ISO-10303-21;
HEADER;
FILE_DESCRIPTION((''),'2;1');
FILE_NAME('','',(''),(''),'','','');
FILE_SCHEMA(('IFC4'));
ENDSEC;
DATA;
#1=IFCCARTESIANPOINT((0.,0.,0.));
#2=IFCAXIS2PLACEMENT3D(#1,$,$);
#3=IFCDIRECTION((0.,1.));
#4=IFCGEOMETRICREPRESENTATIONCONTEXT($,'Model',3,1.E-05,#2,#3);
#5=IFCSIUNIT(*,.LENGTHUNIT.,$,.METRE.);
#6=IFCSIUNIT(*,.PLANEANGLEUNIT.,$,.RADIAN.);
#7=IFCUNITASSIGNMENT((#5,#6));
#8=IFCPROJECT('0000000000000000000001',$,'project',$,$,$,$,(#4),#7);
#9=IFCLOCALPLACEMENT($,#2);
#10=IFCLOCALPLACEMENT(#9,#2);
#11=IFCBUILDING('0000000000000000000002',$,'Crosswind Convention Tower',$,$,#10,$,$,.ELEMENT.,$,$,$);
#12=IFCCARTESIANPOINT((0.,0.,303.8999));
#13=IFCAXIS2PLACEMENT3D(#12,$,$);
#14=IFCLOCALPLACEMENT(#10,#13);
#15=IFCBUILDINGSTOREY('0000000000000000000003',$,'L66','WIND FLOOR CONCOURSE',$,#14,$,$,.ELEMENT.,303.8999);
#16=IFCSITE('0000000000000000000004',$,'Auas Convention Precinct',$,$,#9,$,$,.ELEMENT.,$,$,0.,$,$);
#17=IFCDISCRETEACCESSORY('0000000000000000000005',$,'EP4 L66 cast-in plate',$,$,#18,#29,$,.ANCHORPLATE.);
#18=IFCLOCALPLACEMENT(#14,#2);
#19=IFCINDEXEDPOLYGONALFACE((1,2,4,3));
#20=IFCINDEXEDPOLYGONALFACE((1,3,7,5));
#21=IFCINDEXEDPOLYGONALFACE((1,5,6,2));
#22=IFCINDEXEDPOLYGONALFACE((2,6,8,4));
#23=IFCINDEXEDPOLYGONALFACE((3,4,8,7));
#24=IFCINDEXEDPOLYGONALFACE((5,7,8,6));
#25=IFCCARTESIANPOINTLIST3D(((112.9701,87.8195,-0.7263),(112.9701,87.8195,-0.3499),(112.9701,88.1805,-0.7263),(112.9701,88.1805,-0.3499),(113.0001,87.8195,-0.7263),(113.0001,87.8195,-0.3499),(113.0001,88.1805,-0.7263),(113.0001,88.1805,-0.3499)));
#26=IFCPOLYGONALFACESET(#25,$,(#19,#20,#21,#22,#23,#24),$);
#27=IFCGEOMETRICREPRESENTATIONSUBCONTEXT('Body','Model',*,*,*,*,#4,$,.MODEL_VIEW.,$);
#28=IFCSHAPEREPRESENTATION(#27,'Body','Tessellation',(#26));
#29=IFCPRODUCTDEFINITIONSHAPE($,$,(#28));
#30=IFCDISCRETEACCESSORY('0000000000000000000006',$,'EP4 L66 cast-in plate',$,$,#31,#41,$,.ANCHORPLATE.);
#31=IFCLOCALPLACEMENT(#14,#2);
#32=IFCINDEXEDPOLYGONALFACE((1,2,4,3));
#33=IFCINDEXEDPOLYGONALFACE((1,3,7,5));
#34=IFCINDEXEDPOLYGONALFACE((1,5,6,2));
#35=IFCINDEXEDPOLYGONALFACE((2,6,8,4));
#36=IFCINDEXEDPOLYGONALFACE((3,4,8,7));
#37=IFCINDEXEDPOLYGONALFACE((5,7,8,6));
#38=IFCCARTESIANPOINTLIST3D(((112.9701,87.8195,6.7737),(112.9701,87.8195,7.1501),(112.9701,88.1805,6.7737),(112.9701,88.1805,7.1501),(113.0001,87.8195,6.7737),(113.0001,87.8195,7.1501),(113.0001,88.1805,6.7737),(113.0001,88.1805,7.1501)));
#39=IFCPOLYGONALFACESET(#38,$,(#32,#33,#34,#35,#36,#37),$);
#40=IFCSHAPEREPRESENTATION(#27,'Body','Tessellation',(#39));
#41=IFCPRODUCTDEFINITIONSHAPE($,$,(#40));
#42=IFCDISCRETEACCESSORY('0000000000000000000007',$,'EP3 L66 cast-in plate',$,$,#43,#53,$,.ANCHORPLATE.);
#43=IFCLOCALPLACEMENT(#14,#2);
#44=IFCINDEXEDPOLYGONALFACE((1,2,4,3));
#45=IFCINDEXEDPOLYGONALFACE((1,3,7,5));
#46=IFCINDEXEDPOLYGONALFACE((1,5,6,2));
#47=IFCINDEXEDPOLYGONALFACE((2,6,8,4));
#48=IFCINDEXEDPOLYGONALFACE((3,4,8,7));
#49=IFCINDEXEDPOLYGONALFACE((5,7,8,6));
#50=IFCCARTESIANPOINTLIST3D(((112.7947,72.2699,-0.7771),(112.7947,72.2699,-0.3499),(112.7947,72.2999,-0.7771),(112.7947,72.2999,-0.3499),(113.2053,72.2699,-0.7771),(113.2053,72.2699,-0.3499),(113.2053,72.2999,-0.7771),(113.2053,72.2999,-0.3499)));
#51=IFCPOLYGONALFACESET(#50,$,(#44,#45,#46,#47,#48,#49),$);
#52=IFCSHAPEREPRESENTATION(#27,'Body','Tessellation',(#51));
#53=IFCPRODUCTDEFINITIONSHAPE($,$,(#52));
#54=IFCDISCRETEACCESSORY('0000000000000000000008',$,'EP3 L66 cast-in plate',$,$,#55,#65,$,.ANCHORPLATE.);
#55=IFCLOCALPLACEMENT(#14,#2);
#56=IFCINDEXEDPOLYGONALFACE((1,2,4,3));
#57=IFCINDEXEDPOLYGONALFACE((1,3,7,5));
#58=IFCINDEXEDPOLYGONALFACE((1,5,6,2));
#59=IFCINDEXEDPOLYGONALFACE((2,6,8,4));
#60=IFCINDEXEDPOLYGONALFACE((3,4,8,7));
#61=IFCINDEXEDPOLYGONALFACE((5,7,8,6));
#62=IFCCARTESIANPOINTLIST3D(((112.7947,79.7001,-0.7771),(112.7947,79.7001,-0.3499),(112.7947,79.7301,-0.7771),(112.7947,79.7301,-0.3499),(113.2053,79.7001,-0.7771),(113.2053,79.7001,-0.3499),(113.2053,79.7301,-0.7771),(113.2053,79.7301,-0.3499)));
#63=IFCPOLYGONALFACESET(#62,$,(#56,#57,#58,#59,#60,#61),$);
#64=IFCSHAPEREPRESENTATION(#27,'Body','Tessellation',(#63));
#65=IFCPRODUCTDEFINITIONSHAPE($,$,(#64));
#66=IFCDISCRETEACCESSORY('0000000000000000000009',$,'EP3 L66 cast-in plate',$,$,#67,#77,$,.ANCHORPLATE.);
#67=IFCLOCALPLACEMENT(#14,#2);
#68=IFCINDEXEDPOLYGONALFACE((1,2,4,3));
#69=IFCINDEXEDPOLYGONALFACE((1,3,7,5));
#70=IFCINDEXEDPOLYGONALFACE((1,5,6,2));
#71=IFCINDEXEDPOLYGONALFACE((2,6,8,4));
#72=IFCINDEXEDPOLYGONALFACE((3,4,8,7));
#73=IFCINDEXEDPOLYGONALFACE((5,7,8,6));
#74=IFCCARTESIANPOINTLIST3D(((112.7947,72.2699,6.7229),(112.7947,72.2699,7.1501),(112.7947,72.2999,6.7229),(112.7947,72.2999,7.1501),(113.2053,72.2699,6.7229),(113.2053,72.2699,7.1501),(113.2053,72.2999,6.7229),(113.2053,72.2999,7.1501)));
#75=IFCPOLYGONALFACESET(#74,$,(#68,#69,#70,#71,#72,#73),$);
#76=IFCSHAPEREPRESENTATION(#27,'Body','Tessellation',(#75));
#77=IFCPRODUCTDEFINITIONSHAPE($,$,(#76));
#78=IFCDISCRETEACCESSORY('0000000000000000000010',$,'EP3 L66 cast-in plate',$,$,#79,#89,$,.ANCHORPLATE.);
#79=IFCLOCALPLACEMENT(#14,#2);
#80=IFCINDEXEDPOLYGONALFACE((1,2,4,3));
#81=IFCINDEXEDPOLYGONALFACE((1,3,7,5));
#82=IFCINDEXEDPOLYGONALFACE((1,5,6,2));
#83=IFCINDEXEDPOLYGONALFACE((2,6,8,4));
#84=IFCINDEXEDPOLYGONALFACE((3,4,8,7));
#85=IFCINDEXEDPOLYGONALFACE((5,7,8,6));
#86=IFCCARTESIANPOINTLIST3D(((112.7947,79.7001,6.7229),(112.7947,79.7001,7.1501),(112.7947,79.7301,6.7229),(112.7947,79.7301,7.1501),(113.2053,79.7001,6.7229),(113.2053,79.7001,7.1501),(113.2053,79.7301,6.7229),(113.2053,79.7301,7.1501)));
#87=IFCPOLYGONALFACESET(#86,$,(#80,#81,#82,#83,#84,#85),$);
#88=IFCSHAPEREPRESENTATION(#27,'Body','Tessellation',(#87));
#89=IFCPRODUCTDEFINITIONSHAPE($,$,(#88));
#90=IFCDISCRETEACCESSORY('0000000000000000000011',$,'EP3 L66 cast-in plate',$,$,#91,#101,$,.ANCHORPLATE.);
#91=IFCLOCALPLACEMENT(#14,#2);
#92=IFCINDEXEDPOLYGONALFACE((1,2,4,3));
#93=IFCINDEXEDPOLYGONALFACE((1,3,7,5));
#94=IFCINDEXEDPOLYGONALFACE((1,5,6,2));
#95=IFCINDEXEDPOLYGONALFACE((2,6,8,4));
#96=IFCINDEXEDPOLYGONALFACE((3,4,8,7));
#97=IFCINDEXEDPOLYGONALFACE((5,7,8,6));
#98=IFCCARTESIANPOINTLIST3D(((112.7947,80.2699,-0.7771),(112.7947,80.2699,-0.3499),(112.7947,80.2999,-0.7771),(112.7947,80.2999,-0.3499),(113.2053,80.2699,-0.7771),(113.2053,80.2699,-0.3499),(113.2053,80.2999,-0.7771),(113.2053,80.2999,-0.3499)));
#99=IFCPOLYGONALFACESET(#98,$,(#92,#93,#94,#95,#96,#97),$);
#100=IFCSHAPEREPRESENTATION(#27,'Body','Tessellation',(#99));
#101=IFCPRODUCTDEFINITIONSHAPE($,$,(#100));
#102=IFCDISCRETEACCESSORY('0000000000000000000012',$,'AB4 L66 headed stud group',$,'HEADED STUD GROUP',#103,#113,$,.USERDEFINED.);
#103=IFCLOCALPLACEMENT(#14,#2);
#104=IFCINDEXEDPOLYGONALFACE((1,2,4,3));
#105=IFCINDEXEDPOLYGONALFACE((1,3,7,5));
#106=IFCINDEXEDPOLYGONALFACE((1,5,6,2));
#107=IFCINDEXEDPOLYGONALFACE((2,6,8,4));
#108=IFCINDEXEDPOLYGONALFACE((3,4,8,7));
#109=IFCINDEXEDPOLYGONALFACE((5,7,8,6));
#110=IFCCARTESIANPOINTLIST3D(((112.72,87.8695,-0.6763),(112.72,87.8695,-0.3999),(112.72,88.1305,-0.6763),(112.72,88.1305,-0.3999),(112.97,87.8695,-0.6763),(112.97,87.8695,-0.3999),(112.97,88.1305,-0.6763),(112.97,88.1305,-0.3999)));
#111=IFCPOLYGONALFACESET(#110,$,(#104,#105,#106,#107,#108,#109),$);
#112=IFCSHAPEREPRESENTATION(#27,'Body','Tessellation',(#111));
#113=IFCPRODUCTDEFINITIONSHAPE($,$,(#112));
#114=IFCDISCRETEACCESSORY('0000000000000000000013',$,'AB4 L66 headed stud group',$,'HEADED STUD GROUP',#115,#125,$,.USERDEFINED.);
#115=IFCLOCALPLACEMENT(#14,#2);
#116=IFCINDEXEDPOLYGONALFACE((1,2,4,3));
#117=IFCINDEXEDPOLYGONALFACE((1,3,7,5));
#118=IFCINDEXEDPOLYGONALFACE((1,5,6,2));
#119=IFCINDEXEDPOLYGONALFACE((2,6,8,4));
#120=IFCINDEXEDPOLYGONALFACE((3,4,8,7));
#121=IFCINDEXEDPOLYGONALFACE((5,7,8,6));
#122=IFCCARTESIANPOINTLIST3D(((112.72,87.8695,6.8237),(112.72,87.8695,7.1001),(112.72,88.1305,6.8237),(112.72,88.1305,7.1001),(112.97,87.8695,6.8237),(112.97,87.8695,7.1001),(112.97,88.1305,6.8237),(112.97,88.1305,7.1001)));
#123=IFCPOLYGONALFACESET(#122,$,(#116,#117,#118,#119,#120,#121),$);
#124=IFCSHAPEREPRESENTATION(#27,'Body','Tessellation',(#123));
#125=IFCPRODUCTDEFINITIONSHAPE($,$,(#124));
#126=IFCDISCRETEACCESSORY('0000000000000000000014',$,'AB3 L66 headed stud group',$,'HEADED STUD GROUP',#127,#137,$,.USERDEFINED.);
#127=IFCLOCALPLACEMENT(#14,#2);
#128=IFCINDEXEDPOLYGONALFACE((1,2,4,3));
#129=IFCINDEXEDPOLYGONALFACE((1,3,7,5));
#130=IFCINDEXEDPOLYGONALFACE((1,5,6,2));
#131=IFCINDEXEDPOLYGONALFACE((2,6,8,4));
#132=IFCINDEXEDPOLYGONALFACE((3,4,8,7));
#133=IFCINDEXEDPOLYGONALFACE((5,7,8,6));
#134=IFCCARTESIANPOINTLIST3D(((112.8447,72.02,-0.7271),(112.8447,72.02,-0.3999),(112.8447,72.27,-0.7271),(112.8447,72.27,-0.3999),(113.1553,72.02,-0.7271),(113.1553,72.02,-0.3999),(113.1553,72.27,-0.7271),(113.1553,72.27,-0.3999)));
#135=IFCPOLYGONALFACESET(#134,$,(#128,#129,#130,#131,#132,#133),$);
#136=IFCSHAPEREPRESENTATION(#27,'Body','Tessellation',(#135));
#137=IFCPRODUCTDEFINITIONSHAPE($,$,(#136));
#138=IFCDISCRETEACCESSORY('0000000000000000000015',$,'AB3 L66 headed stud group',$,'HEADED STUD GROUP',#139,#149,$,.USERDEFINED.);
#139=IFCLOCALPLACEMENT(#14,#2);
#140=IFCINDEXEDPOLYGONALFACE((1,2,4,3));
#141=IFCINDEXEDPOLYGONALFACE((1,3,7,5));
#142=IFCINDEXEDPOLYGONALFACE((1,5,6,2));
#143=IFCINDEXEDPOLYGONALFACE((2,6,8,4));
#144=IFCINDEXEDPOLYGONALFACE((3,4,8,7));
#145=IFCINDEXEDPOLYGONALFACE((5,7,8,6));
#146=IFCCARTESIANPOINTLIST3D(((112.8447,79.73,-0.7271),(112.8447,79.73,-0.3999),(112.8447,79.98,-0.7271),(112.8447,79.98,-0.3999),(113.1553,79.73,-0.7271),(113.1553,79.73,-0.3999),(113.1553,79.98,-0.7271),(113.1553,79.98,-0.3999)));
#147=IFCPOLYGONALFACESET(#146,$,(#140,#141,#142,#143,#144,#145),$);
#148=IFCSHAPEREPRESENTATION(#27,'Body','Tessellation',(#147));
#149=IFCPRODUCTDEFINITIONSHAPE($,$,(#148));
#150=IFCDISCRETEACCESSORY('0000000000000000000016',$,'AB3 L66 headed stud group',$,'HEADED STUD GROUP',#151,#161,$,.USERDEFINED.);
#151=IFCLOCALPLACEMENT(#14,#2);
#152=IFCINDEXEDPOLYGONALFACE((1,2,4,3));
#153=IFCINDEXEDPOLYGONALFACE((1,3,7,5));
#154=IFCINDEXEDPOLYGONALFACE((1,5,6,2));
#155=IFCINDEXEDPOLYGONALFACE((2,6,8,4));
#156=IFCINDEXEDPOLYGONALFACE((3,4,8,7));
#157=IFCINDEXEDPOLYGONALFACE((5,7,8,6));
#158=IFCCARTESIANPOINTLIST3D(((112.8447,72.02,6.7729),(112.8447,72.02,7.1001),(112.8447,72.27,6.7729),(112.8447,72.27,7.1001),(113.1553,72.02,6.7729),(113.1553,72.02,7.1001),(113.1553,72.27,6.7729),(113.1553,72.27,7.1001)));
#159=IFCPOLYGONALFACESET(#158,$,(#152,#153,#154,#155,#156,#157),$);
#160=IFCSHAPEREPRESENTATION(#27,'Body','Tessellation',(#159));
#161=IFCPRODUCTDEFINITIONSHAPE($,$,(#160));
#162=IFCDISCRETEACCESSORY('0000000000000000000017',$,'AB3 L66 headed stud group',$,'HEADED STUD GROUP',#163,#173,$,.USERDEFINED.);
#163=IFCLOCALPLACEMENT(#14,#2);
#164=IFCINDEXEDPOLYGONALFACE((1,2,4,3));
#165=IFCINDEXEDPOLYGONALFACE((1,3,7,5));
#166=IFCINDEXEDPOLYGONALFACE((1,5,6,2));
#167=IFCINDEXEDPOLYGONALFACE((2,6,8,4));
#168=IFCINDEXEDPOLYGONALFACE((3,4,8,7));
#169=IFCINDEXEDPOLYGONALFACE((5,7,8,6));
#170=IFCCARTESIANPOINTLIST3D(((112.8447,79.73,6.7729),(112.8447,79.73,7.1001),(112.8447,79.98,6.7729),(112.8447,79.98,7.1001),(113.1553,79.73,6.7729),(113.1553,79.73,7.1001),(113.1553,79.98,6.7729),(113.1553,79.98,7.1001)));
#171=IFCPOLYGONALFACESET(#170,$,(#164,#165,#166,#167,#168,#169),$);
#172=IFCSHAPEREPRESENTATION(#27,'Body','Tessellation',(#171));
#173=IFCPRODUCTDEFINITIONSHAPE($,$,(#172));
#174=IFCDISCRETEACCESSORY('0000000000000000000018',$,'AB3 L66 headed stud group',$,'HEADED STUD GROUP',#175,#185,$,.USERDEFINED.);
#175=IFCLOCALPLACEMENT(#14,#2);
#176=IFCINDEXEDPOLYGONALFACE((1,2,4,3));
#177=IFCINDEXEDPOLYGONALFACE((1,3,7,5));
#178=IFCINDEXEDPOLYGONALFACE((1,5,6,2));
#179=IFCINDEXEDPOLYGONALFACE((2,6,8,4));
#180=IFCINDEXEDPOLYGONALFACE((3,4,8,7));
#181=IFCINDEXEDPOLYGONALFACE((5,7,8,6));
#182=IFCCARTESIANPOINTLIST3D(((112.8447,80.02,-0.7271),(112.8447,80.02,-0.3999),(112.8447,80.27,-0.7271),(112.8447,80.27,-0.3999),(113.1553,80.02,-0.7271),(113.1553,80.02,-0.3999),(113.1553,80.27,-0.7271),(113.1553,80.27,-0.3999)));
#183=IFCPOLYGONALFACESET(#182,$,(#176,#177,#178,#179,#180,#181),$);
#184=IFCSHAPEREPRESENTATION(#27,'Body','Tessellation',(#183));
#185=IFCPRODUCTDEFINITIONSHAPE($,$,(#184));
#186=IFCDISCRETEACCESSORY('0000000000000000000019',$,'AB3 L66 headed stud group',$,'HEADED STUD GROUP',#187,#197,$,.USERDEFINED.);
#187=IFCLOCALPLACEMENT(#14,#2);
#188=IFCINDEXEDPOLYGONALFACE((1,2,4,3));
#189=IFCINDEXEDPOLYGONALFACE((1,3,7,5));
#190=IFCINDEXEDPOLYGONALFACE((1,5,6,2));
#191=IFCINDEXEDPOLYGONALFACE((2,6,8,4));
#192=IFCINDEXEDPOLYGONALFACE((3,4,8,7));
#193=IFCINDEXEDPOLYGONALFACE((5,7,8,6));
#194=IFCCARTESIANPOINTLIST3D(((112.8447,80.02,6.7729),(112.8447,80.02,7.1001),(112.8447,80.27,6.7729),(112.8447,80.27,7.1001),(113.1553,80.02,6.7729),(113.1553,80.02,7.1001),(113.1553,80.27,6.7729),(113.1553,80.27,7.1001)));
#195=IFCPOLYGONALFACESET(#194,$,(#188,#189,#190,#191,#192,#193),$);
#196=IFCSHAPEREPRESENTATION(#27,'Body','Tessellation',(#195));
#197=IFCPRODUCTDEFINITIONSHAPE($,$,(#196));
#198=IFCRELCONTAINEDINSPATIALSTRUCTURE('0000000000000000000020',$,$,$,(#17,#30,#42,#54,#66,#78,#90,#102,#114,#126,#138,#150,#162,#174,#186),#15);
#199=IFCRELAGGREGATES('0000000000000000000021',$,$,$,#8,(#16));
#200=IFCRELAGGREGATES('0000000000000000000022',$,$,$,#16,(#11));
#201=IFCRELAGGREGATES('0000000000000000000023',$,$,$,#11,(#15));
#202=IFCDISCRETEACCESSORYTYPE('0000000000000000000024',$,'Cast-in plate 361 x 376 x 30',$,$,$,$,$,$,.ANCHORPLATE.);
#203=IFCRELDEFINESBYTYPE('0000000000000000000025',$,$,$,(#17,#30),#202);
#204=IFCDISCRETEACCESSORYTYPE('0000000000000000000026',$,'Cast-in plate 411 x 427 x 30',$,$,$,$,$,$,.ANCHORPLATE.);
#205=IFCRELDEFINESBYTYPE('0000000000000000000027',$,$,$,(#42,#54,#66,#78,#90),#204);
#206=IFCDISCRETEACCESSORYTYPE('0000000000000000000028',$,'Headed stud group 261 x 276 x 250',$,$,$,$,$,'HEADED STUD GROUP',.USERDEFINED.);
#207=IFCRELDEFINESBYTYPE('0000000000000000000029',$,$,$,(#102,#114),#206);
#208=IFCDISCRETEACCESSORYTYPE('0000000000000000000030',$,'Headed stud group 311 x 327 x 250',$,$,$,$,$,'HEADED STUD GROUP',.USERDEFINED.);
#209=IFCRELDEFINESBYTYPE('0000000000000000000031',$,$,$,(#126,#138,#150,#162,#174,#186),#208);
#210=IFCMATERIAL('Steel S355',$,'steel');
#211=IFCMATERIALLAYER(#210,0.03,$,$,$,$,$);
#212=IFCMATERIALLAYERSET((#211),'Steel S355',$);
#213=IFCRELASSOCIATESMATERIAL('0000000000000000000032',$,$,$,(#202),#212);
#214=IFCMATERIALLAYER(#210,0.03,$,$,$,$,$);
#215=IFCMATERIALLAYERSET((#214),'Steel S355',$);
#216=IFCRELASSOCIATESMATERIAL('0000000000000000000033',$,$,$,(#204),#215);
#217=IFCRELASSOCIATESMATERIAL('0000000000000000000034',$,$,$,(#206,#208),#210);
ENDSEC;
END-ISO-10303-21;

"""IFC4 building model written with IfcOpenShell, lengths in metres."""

from ifc_helpers import new_model, si_unit, direction, frame, origin, origin_2d, place, context, subcontext, project, spatial, rectangle, extrude, material, layer, layer_set, type_object, element, save


model = new_model("IFC4")

# Units and contexts
model_context = context("Model", 3, precision=1e-05, world=origin(), true_north=direction((0.0, 1.0)))
body_context = subcontext(model_context, "Body", "Model", "MODEL_VIEW")
ifc_project = project(units=[si_unit("LENGTHUNIT", "METRE"), si_unit("PLANEANGLEUNIT", "RADIAN")], contexts=[model_context])

# Site, building, storey
site_placement = place(None, origin())
site = spatial("IfcSite", under=ifc_project, at=site_placement, Name="Auas Convention Precinct", CompositionType="ELEMENT", RefElevation=0.0)
building_placement = place(site_placement, origin())
building = spatial("IfcBuilding", under=site, at=building_placement, Name="Crosswind Convention Tower", CompositionType="ELEMENT")
storey_placement = place(building_placement, frame((0.0, 0.0, 303.8999)))
storey = spatial("IfcBuildingStorey", under=building, at=storey_placement, Name="L66", Description="WIND FLOOR CONCOURSE", CompositionType="ELEMENT", Elevation=303.8999)

# Shared definitions
ifc_material_1 = material(Name="Steel S355", Category="steel")

# Discrete accessories
ifc_layer_1 = layer(ifc_material_1, 0.03)
ifc_layer_set_1 = layer_set([ifc_layer_1], Name="Steel S355")
discrete_accessory_type_1 = type_object("IfcDiscreteAccessoryType", Name="Cast-in plate 361 x 376 x 30", PredefinedType="ANCHORPLATE", material=ifc_layer_set_1)
for number, where, z_axis, x_axis, name in (
    (1, (112.9851, 88.0, -0.7263), (0.0, 0.0, 1.0), (1.0, 0.0, 0.0), "EP4 L66 cast-in plate"),
    (2, (112.9851, 88.0, 6.7737), (0.0, 0.0, 1.0), (1.0, 0.0, 0.0), "EP4 L66 cast-in plate"),
):
    element("IfcDiscreteAccessory", number, at=place(storey_placement, frame(where, z_axis=z_axis, x_axis=x_axis)), inside=storey, type_object=discrete_accessory_type_1, Name=name, PredefinedType="ANCHORPLATE", context=body_context, shape_type="SweptSolid", body=[
        extrude(rectangle(XDim=0.03, YDim=0.3611, at=origin_2d()), origin(), (0.0, 0.0, 1.0), 0.3765),
    ])
ifc_layer_2 = layer(ifc_material_1, 0.03)
ifc_layer_set_2 = layer_set([ifc_layer_2], Name="Steel S355")
discrete_accessory_type_2 = type_object("IfcDiscreteAccessoryType", Name="Cast-in plate 411 x 427 x 30", PredefinedType="ANCHORPLATE", material=ifc_layer_set_2)
for number, where, z_axis, x_axis, name in (
    (3, (113.0, 72.2849, -0.7771), (0.0, 0.0, 1.0), (1.0, 0.0, 0.0), "EP3 L66 cast-in plate"),
    (4, (113.0, 79.7151, -0.7771), (0.0, 0.0, 1.0), (1.0, 0.0, 0.0), "EP3 L66 cast-in plate"),
    (5, (113.0, 72.2849, 6.7229), (0.0, 0.0, 1.0), (1.0, 0.0, 0.0), "EP3 L66 cast-in plate"),
    (6, (113.0, 79.7151, 6.7229), (0.0, 0.0, 1.0), (1.0, 0.0, 0.0), "EP3 L66 cast-in plate"),
    (7, (113.0, 80.2849, -0.7771), (0.0, 0.0, 1.0), (1.0, 0.0, 0.0), "EP3 L66 cast-in plate"),
):
    element("IfcDiscreteAccessory", number, at=place(storey_placement, frame(where, z_axis=z_axis, x_axis=x_axis)), inside=storey, type_object=discrete_accessory_type_2, Name=name, PredefinedType="ANCHORPLATE", context=body_context, shape_type="SweptSolid", body=[
        extrude(rectangle(XDim=0.4106, YDim=0.03, at=origin_2d()), origin(), (0.0, 0.0, 1.0), 0.4272),
    ])
discrete_accessory_type_3 = type_object("IfcDiscreteAccessoryType", Name="Headed stud group 261 x 276 x 250", ElementType="HEADED STUD GROUP", PredefinedType="USERDEFINED", material=ifc_material_1)
for number, where, z_axis, x_axis, name in (
    (8, (112.845, 88.0, -0.6763), (0.0, 0.0, 1.0), (1.0, 0.0, 0.0), "AB4 L66 headed stud group"),
    (9, (112.845, 88.0, 6.8237), (0.0, 0.0, 1.0), (1.0, 0.0, 0.0), "AB4 L66 headed stud group"),
):
    element("IfcDiscreteAccessory", number, at=place(storey_placement, frame(where, z_axis=z_axis, x_axis=x_axis)), inside=storey, type_object=discrete_accessory_type_3, Name=name, ObjectType="HEADED STUD GROUP", PredefinedType="USERDEFINED", context=body_context, shape_type="SweptSolid", body=[
        extrude(rectangle(XDim=0.25, YDim=0.261, at=origin_2d()), origin(), (0.0, 0.0, 1.0), 0.2764),
    ])
discrete_accessory_type_4 = type_object("IfcDiscreteAccessoryType", Name="Headed stud group 311 x 327 x 250", ElementType="HEADED STUD GROUP", PredefinedType="USERDEFINED", material=ifc_material_1)
for number, where, z_axis, x_axis, name in (
    (10, (113.0, 72.145, -0.7271), (0.0, 0.0, 1.0), (1.0, 0.0, 0.0), "AB3 L66 headed stud group"),
    (11, (113.0, 79.855, -0.7271), (0.0, 0.0, 1.0), (1.0, 0.0, 0.0), "AB3 L66 headed stud group"),
    (12, (113.0, 72.145, 6.7729), (0.0, 0.0, 1.0), (1.0, 0.0, 0.0), "AB3 L66 headed stud group"),
    (13, (113.0, 79.855, 6.7729), (0.0, 0.0, 1.0), (1.0, 0.0, 0.0), "AB3 L66 headed stud group"),
    (14, (113.0, 80.145, -0.7271), (0.0, 0.0, 1.0), (1.0, 0.0, 0.0), "AB3 L66 headed stud group"),
    (15, (113.0, 80.145, 6.7729), (0.0, 0.0, 1.0), (1.0, 0.0, 0.0), "AB3 L66 headed stud group"),
):
    element("IfcDiscreteAccessory", number, at=place(storey_placement, frame(where, z_axis=z_axis, x_axis=x_axis)), inside=storey, type_object=discrete_accessory_type_4, Name=name, ObjectType="HEADED STUD GROUP", PredefinedType="USERDEFINED", context=body_context, shape_type="SweptSolid", body=[
        extrude(rectangle(XDim=0.3105, YDim=0.25, at=origin_2d()), origin(), (0.0, 0.0, 1.0), 0.3271),
    ])

save(model, "model.ifc")
